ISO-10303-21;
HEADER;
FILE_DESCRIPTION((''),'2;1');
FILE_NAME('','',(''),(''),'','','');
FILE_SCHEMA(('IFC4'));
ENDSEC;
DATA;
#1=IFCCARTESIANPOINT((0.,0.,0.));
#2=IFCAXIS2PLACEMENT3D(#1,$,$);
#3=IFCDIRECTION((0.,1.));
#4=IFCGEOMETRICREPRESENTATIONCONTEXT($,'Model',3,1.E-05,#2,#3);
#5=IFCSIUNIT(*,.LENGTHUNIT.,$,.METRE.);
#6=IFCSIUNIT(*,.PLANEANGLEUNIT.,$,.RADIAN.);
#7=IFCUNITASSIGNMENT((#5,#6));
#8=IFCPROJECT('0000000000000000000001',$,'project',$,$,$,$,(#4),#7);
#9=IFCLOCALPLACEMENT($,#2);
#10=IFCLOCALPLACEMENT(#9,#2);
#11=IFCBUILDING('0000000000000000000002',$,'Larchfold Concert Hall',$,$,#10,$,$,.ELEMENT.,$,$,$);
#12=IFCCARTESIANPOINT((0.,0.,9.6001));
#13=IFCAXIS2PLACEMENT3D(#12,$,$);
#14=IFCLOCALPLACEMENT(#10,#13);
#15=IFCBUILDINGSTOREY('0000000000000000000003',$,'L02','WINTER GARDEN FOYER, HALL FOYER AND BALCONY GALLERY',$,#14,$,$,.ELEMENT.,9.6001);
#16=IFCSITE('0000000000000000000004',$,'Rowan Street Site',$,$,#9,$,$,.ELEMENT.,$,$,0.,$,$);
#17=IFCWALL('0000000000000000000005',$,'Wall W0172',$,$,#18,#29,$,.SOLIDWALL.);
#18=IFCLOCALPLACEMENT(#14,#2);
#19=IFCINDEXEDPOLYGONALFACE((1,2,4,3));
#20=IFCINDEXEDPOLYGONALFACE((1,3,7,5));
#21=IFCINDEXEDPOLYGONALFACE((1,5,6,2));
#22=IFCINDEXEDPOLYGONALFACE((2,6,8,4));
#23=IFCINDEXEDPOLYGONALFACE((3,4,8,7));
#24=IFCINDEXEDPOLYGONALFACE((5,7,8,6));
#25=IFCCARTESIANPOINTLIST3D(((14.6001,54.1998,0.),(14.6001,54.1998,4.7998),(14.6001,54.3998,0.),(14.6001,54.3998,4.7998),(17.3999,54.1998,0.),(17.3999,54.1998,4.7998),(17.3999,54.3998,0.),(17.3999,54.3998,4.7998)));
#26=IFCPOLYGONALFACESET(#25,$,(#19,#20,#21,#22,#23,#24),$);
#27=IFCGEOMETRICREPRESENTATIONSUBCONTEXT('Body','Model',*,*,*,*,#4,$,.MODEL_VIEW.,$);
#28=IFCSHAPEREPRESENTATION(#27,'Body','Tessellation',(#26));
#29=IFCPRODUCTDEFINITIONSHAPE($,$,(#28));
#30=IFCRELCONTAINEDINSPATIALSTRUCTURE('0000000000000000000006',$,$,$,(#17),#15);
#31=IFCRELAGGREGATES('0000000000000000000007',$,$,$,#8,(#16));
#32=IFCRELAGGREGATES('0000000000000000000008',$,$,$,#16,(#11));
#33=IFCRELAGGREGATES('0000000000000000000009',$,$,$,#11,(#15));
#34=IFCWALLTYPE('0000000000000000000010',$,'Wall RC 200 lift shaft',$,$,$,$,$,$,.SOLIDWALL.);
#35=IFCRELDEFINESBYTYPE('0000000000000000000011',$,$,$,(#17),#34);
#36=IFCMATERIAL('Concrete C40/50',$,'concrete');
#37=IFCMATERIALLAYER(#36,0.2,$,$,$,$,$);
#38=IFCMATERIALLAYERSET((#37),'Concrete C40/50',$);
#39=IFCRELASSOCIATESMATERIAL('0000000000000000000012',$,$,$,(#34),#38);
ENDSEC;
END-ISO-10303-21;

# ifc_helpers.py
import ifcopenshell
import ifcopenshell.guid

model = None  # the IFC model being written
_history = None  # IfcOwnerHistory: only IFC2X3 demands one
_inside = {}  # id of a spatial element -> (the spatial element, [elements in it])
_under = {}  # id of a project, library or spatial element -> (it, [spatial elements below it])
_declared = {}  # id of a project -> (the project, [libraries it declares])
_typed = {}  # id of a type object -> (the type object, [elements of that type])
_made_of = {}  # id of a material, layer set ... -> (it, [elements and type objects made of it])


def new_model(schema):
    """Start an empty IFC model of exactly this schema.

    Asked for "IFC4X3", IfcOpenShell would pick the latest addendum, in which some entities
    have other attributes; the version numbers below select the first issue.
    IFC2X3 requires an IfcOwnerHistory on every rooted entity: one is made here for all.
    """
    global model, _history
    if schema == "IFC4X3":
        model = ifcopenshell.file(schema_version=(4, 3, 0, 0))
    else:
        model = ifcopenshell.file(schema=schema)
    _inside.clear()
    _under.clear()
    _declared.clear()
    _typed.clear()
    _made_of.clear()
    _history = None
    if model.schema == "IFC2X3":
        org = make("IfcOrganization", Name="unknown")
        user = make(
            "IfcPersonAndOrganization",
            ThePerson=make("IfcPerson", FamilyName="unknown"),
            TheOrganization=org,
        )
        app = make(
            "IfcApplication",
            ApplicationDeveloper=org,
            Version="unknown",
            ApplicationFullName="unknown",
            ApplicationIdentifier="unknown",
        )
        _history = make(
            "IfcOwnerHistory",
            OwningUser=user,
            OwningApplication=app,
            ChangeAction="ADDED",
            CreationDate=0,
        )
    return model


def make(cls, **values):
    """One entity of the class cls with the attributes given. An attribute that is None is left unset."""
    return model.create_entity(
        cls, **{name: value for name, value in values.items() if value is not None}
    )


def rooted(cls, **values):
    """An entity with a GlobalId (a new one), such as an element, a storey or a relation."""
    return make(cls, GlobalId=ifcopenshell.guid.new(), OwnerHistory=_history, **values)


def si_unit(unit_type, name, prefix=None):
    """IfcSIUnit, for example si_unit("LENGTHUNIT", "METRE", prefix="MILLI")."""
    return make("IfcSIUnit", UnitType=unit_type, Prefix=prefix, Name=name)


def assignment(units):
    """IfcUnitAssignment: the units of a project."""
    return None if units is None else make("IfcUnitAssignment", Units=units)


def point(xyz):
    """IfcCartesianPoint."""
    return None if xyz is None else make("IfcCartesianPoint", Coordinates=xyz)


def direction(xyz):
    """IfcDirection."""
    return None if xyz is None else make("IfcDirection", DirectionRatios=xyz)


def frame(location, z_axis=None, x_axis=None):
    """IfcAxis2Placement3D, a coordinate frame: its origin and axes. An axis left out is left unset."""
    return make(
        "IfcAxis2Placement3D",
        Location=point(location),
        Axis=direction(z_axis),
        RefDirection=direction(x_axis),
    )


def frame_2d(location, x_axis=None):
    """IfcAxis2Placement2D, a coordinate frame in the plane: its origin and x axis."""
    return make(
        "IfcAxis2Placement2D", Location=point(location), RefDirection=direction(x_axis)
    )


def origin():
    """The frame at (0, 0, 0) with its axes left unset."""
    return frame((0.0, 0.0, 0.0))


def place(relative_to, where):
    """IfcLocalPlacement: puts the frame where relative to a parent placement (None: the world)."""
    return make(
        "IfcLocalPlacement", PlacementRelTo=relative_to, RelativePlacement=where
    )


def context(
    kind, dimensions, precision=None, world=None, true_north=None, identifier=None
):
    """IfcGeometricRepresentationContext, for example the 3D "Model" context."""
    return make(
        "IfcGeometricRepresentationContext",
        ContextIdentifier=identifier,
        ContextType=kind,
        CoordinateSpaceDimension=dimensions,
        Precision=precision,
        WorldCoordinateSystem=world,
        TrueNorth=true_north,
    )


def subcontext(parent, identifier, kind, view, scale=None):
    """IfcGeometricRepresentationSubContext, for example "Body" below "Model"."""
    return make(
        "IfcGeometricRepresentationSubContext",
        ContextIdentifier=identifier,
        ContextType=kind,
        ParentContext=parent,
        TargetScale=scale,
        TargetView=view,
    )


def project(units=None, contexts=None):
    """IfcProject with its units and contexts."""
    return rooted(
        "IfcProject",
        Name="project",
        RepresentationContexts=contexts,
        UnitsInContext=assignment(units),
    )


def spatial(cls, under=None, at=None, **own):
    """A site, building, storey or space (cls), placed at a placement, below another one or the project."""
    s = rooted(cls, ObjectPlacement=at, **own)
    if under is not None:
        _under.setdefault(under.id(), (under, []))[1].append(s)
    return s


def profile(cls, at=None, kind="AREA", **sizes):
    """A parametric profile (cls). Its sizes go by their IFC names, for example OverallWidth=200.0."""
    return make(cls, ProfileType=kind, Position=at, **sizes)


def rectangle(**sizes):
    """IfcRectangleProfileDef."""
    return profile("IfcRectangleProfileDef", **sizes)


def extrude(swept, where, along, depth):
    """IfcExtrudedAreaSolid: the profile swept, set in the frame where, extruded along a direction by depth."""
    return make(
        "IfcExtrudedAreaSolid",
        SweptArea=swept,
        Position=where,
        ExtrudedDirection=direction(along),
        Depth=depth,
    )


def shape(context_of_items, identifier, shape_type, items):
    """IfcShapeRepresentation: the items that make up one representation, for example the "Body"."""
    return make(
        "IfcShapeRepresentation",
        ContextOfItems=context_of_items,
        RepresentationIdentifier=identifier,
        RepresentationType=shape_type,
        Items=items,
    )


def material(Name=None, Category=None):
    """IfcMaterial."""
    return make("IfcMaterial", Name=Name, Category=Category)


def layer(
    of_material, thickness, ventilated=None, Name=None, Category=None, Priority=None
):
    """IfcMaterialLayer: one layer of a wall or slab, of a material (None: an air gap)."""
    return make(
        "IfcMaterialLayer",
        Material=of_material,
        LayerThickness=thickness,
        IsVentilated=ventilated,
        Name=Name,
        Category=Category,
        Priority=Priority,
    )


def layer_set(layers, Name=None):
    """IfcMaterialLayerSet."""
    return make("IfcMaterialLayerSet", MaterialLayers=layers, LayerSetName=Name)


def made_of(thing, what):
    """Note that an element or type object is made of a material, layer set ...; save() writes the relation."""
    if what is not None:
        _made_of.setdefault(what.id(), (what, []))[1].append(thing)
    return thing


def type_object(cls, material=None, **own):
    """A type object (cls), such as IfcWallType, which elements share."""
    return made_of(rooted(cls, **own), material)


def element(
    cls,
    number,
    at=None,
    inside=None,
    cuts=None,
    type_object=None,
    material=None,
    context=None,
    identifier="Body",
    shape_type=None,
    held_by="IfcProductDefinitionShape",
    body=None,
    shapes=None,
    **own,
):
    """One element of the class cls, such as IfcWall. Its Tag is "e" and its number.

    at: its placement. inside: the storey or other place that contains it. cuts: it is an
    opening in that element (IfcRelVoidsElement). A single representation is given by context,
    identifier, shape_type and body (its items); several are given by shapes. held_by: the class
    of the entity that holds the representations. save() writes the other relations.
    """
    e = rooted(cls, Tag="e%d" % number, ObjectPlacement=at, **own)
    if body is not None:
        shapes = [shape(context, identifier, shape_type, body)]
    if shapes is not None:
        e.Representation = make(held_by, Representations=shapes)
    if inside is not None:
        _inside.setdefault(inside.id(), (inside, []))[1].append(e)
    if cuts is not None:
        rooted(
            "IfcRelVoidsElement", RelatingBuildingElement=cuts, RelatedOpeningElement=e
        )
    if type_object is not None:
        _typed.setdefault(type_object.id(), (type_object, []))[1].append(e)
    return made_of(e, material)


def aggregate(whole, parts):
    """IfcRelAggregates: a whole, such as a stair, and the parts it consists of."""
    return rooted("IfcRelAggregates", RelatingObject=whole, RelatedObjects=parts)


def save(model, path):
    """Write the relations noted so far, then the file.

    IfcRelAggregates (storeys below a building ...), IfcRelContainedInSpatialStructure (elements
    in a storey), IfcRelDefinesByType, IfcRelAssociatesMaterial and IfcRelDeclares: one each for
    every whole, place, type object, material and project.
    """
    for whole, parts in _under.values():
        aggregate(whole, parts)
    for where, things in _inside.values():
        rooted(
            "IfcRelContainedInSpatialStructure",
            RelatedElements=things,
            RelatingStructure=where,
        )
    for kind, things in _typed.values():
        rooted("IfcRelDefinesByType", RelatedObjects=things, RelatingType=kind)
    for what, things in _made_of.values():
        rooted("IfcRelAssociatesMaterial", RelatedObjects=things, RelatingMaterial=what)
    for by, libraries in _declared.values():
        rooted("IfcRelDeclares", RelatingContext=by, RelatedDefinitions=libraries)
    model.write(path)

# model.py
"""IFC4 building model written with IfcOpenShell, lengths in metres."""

from ifc_helpers import new_model, si_unit, direction, frame, frame_2d, origin, place, context, subcontext, project, spatial, rectangle, extrude, material, layer, layer_set, type_object, element, save


model = new_model("IFC4")

# Units and contexts
model_context = context("Model", 3, precision=1e-05, world=origin(), true_north=direction((0.0, 1.0)))
body_context = subcontext(model_context, "Body", "Model", "MODEL_VIEW")
ifc_project = project(units=[si_unit("LENGTHUNIT", "METRE"), si_unit("PLANEANGLEUNIT", "RADIAN")], contexts=[model_context])

# Site, building, storey
site_placement = place(None, origin())
site = spatial("IfcSite", under=ifc_project, at=site_placement, Name="Rowan Street Site", CompositionType="ELEMENT", RefElevation=0.0)
building_placement = place(site_placement, origin())
building = spatial("IfcBuilding", under=site, at=building_placement, Name="Larchfold Concert Hall", CompositionType="ELEMENT")
storey_placement = place(building_placement, frame((0.0, 0.0, 9.6001)))
storey = spatial("IfcBuildingStorey", under=building, at=storey_placement, Name="L02", Description="WINTER GARDEN FOYER, HALL FOYER AND BALCONY GALLERY", CompositionType="ELEMENT", Elevation=9.6001)

# Wall
ifc_material_1 = material(Name="Concrete C40/50", Category="concrete")
ifc_layer_1 = layer(ifc_material_1, 0.2)
ifc_layer_set_1 = layer_set([ifc_layer_1], Name="Concrete C40/50")
wall_type = type_object("IfcWallType", Name="Wall RC 200 lift shaft", PredefinedType="SOLIDWALL", material=ifc_layer_set_1)
wall_placement = place(storey_placement, frame((14.6001, 54.2998, 0.0), z_axis=(0.0, 0.0, 1.0), x_axis=(1.0, 0.0, 0.0)))
element("IfcWall", 1, at=wall_placement, inside=storey, type_object=wall_type, Name="Wall W0172", PredefinedType="SOLIDWALL", context=body_context, shape_type="SweptSolid", body=[
    extrude(rectangle(XDim=2.7998, YDim=0.2, at=frame_2d((1.3999, 0.0))), origin(), (0.0, 0.0, 1.0), 4.7998),
])

save(model, "model.ifc")
